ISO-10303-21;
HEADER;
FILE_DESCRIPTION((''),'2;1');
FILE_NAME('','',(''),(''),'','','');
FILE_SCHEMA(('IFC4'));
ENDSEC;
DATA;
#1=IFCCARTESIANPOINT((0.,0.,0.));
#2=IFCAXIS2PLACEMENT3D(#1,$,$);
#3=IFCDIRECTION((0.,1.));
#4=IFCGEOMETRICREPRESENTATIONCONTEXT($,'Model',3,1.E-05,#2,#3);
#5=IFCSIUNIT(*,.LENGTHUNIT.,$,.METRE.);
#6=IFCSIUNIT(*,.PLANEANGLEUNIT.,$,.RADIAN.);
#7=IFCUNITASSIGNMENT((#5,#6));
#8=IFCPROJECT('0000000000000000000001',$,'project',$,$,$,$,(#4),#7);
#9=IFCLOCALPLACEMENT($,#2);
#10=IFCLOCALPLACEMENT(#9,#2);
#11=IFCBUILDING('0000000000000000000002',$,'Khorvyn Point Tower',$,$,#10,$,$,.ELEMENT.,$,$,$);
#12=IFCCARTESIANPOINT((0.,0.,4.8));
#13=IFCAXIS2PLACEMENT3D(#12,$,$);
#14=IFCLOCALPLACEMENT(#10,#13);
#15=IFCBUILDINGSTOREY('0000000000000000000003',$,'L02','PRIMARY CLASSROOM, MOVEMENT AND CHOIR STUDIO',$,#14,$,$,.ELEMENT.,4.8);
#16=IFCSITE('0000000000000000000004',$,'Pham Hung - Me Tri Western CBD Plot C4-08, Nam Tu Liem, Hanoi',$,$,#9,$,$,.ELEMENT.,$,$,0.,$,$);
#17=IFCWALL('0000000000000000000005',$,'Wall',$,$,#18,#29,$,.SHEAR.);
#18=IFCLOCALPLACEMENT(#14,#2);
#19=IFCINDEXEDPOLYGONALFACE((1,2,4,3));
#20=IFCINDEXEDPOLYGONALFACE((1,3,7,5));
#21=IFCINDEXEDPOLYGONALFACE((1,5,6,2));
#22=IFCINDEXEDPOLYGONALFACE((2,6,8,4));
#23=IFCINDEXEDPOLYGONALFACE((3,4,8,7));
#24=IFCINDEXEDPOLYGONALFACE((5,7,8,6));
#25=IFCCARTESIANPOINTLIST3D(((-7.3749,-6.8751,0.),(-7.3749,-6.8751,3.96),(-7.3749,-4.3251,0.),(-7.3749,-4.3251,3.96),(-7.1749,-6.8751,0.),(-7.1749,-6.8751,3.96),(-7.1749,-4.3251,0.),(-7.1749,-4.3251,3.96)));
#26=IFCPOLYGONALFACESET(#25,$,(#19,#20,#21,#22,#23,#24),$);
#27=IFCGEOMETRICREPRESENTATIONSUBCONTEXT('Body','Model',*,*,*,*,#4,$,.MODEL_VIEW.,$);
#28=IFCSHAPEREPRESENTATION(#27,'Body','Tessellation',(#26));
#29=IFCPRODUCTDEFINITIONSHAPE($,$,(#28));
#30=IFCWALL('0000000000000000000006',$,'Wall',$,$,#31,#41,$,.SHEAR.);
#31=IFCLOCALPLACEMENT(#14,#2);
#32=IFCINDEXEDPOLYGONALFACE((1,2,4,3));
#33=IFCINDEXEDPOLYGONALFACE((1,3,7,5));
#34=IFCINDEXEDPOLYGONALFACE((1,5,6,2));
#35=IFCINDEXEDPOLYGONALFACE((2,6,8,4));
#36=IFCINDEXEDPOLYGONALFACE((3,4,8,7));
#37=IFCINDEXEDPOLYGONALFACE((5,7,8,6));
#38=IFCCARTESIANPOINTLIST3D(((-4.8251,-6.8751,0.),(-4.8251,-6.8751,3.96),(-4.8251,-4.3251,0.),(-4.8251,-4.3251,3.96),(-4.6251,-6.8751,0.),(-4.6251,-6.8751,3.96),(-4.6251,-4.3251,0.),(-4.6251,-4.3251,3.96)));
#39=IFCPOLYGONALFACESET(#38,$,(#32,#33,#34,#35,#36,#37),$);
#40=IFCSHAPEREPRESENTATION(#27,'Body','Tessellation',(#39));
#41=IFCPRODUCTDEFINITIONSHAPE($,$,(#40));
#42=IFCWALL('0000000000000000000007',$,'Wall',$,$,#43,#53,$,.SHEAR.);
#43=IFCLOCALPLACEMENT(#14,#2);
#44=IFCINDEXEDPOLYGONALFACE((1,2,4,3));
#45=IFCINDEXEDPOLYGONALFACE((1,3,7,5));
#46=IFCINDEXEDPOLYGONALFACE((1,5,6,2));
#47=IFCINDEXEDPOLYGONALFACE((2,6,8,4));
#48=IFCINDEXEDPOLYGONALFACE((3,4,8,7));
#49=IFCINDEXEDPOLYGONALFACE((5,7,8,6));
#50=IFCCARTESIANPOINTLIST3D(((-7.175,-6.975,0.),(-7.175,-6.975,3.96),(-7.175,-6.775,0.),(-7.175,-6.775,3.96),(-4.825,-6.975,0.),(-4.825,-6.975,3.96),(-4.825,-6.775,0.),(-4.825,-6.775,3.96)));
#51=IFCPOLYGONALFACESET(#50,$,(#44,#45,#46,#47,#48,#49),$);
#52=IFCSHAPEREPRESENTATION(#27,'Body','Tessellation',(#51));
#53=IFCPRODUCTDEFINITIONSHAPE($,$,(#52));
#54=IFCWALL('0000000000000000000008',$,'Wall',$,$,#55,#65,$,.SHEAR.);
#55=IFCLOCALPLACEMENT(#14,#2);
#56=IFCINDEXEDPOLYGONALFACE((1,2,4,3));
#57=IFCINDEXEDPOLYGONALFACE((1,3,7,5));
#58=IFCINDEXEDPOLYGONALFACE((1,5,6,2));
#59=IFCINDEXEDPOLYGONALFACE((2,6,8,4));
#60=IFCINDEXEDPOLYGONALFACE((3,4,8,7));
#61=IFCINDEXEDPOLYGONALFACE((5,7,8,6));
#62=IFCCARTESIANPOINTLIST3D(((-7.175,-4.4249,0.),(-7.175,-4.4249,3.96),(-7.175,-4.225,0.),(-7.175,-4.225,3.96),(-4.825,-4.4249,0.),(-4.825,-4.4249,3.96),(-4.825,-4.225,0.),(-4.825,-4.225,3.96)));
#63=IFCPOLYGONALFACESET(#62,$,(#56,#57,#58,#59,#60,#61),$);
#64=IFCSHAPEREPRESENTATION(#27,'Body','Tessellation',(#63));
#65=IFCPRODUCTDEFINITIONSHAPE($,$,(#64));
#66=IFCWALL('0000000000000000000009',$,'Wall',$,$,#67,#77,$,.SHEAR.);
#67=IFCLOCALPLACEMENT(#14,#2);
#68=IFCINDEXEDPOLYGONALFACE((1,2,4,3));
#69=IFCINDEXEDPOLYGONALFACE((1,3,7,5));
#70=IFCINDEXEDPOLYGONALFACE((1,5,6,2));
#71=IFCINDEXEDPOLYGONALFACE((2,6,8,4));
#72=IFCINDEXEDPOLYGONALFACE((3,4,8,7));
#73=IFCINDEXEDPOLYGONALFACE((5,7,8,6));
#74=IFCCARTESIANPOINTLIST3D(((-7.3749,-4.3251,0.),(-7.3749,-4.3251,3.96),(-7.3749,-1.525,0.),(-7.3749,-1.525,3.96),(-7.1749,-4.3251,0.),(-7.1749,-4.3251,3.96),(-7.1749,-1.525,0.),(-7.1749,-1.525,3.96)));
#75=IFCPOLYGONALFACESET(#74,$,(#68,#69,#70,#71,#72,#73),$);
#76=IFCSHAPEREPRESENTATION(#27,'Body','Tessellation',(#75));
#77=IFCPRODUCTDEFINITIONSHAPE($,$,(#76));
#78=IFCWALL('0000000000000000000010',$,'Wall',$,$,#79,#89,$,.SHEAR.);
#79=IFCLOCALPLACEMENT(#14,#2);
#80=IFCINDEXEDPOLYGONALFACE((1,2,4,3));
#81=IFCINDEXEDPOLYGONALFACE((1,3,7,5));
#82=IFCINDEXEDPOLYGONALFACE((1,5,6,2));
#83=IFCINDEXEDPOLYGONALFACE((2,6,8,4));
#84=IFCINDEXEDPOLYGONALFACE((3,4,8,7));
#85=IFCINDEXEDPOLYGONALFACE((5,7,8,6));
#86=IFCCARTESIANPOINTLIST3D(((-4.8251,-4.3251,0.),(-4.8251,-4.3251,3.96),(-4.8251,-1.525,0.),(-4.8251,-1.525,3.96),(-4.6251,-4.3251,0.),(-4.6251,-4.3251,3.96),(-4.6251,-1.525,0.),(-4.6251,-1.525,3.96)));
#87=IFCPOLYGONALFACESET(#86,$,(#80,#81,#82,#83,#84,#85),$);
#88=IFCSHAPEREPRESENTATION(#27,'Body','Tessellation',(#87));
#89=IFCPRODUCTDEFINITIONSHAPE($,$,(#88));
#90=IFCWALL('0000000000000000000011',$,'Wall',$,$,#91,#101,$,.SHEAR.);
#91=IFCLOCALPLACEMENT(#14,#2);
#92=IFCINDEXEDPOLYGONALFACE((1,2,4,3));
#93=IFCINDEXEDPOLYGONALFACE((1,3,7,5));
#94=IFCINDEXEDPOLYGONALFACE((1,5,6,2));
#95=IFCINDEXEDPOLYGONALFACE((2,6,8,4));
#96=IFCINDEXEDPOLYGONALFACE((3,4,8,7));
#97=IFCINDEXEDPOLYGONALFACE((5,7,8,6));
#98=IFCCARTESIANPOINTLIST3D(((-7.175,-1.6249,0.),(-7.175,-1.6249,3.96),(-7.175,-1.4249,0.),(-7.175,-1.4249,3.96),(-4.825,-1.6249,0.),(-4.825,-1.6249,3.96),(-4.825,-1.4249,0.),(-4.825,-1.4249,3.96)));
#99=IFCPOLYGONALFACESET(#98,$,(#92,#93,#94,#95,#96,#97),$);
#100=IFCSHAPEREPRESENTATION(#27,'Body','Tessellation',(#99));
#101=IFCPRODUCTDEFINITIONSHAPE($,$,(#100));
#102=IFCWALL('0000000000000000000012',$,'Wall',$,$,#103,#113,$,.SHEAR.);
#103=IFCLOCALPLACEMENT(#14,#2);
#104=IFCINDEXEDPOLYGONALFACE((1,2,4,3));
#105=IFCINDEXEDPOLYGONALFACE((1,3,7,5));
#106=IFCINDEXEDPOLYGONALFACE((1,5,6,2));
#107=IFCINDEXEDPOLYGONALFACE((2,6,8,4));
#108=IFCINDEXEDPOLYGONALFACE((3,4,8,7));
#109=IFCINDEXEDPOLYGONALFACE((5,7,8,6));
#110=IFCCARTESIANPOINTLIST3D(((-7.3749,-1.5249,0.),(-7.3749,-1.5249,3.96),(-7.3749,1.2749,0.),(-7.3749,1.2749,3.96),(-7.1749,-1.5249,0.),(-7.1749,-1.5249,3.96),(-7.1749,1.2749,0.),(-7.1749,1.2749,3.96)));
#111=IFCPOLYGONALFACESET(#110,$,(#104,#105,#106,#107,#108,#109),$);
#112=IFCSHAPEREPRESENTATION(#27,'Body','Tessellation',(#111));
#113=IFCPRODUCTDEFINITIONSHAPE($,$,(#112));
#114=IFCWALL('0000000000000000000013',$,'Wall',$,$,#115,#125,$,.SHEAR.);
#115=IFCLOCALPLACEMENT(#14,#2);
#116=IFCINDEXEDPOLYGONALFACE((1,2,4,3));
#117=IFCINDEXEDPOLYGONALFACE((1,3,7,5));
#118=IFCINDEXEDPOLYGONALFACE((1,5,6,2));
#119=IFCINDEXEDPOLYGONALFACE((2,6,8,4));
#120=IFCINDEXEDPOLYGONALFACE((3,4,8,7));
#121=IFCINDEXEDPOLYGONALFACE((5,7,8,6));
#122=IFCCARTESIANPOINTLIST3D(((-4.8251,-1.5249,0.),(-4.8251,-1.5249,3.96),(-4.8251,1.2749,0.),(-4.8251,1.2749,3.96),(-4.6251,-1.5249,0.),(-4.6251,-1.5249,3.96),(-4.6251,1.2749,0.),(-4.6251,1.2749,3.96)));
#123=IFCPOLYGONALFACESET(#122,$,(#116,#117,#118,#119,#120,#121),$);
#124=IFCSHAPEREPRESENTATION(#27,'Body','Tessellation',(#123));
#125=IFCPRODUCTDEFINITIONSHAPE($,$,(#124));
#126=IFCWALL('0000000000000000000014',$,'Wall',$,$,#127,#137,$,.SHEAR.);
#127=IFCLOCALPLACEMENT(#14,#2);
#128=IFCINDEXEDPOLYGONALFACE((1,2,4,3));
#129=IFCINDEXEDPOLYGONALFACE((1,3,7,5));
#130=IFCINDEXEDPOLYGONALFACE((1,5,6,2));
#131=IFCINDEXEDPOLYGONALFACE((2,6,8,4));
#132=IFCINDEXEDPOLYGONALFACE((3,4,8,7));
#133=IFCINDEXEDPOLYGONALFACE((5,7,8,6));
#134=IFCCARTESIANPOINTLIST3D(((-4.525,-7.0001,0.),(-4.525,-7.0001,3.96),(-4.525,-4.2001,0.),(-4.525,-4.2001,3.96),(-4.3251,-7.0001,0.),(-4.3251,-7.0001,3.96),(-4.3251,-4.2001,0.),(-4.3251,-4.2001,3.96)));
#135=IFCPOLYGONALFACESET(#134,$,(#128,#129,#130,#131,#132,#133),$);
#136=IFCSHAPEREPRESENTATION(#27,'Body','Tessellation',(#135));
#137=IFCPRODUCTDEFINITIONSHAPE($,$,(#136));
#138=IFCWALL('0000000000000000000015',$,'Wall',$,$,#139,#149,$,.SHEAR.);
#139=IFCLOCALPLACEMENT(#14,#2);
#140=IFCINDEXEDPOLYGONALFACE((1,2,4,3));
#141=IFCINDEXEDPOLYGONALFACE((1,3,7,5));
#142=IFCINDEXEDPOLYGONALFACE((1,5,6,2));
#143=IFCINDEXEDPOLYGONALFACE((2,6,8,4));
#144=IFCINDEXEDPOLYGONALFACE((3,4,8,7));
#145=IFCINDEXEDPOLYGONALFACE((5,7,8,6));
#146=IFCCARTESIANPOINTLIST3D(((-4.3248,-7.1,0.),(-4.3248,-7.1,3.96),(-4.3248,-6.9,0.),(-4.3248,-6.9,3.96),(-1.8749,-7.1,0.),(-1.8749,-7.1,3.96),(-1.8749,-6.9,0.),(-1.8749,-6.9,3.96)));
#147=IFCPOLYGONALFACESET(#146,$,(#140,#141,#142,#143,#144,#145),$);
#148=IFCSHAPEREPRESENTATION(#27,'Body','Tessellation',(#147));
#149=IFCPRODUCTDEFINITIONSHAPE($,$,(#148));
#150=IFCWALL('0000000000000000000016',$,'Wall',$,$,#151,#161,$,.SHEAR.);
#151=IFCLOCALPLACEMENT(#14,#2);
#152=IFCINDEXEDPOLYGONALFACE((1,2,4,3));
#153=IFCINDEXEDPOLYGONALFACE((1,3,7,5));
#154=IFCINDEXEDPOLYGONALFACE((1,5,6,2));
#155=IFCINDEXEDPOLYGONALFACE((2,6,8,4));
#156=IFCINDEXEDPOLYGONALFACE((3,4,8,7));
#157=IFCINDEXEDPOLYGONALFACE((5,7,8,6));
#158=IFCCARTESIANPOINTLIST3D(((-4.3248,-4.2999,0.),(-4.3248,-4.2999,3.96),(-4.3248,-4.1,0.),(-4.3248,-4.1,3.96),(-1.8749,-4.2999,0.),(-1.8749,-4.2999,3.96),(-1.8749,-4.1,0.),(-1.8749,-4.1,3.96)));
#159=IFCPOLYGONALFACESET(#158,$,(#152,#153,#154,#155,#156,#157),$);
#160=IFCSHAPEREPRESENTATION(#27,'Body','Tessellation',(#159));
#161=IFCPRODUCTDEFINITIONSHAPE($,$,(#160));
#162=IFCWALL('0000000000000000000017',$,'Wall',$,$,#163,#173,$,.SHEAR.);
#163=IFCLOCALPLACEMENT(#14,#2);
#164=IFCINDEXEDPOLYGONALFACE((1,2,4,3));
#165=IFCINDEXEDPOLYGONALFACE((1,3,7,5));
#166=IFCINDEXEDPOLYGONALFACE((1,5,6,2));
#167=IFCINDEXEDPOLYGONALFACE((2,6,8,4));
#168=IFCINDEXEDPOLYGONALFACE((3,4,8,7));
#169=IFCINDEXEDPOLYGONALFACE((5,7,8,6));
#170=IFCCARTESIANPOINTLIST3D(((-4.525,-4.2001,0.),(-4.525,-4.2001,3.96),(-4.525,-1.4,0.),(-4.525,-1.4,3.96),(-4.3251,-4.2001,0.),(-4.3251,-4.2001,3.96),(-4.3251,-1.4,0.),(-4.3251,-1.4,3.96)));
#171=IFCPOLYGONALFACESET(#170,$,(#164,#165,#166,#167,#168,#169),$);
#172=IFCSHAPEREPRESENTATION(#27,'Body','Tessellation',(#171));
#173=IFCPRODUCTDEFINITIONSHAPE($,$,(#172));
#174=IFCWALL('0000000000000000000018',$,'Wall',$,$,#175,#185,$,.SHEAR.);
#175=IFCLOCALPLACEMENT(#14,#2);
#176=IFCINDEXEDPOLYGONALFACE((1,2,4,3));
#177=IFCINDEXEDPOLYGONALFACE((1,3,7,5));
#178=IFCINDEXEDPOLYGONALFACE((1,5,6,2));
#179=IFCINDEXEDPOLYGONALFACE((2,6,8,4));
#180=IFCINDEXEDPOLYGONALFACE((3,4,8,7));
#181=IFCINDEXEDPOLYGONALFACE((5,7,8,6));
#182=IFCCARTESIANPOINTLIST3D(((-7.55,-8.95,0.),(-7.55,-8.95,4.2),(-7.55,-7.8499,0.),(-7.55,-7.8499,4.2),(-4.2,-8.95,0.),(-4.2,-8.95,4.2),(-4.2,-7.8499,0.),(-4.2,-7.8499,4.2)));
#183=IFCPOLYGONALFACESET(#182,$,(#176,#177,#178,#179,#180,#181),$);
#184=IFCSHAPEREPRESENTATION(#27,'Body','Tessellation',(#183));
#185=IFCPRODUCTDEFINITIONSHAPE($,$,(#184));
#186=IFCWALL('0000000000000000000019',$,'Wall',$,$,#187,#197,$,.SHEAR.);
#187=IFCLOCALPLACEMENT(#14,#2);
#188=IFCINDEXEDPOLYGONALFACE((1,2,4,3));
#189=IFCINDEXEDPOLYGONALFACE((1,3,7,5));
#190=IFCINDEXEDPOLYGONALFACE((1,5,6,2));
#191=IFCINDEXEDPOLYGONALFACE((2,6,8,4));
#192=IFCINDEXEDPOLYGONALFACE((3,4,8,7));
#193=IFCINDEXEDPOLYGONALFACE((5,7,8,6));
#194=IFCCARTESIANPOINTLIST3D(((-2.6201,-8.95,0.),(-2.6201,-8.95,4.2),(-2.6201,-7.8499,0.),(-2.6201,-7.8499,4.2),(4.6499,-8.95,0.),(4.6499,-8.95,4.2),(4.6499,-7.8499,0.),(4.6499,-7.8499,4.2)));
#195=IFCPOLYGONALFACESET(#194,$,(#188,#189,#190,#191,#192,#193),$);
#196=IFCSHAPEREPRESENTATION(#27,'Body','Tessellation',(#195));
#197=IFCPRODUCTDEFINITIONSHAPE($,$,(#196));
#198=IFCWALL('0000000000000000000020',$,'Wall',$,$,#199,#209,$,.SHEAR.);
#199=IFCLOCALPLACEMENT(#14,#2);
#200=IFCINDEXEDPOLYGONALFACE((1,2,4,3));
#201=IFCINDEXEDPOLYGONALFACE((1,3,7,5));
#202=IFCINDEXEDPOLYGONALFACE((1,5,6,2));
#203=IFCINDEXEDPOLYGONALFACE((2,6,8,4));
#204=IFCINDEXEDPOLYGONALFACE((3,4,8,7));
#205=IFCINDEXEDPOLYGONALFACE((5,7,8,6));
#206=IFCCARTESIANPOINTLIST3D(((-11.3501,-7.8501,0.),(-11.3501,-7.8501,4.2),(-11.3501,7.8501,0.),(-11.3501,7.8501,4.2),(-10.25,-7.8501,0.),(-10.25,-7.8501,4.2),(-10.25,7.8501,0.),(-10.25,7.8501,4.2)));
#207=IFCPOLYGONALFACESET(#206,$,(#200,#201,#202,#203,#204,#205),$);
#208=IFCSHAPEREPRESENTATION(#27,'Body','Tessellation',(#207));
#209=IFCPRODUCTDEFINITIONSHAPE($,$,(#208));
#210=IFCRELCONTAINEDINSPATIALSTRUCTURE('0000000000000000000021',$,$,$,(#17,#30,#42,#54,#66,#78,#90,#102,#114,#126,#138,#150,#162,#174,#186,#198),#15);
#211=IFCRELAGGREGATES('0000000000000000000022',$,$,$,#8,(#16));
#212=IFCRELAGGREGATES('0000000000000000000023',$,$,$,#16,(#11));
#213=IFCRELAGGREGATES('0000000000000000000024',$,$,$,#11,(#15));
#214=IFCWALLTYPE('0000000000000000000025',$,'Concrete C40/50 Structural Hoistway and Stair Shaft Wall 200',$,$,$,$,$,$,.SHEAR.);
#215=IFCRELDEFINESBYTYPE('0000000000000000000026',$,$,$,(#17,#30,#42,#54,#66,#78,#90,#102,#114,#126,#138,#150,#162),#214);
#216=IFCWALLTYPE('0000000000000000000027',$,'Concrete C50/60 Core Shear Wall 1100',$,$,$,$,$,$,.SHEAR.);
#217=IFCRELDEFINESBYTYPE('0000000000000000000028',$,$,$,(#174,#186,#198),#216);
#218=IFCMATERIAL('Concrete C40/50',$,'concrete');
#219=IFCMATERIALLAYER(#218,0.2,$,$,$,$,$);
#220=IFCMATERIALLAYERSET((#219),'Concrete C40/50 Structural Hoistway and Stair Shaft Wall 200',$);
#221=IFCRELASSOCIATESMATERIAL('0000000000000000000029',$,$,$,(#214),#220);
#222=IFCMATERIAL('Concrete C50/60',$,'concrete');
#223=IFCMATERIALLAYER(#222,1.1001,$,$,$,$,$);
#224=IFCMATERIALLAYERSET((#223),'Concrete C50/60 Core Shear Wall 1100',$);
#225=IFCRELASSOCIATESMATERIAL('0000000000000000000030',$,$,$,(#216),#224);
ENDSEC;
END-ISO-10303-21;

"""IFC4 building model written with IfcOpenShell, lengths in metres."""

from ifc_helpers import new_model, si_unit, direction, frame, frame_2d, origin, place, context, subcontext, project, spatial, rectangle, extrude, material, layer, layer_set, type_object, element, save


model = new_model("IFC4")

# Units and contexts
model_context = context("Model", 3, precision=1e-05, world=origin(), true_north=direction((0.0, 1.0)))
body_context = subcontext(model_context, "Body", "Model", "MODEL_VIEW")
ifc_project = project(units=[si_unit("LENGTHUNIT", "METRE"), si_unit("PLANEANGLEUNIT", "RADIAN")], contexts=[model_context])

# Site, building, storey
site_placement = place(None, origin())
site = spatial("IfcSite", under=ifc_project, at=site_placement, Name="Pham Hung - Me Tri Western CBD Plot C4-08, Nam Tu Liem, Hanoi", CompositionType="ELEMENT", RefElevation=0.0)
building_placement = place(site_placement, origin())
building = spatial("IfcBuilding", under=site, at=building_placement, Name="Khorvyn Point Tower", CompositionType="ELEMENT")
storey_placement = place(building_placement, frame((0.0, 0.0, 4.8)))
storey = spatial("IfcBuildingStorey", under=building, at=storey_placement, Name="L02", Description="PRIMARY CLASSROOM, MOVEMENT AND CHOIR STUDIO", CompositionType="ELEMENT", Elevation=4.8)

# Shared definitions
ifc_material_1 = material(Name="Concrete C40/50", Category="concrete")
ifc_material_2 = material(Name="Concrete C50/60", Category="concrete")

# Walls
ifc_layer_1 = layer(ifc_material_1, 0.2)
ifc_layer_set_1 = layer_set([ifc_layer_1], Name="Concrete C40/50 Structural Hoistway and Stair Shaft Wall 200")
wall_type_1 = type_object("IfcWallType", Name="Concrete C40/50 Structural Hoistway and Stair Shaft Wall 200", PredefinedType="SHEAR", material=ifc_layer_set_1)
for number, where, z_axis, x_axis, name in (
    (1, (-7.2749, -6.875, 0.0), (0.0, 0.0, 1.0), (0.0, 1.0, 0.0), "Wall"),
    (2, (-4.7251, -6.875, 0.0), (0.0, 0.0, 1.0), (0.0, 1.0, 0.0), "Wall"),
):
    element("IfcWall", number, at=place(storey_placement, frame(where, z_axis=z_axis, x_axis=x_axis)), inside=storey, type_object=wall_type_1, Name=name, PredefinedType="SHEAR", context=body_context, shape_type="SweptSolid", body=[
        extrude(rectangle(XDim=2.55, YDim=0.2, at=frame_2d((1.2749, 0.0))), origin(), (0.0, 0.0, 1.0), 3.96),
    ])
for number, where, z_axis, x_axis, name in (
    (3, (-7.175, -6.875, 0.0), (0.0, 0.0, 1.0), (1.0, 0.0, 0.0), "Wall"),
    (4, (-7.175, -4.325, 0.0), (0.0, 0.0, 1.0), (1.0, 0.0, 0.0), "Wall"),
):
    element("IfcWall", number, at=place(storey_placement, frame(where, z_axis=z_axis, x_axis=x_axis)), inside=storey, type_object=wall_type_1, Name=name, PredefinedType="SHEAR", context=body_context, shape_type="SweptSolid", body=[
        extrude(rectangle(XDim=2.3501, YDim=0.2, at=frame_2d((1.175, 0.0))), origin(), (0.0, 0.0, 1.0), 3.96),
    ])
for number, where, z_axis, x_axis, name in (
    (5, (-7.2749, -4.325, 0.0), (0.0, 0.0, 1.0), (0.0, 1.0, 0.0), "Wall"),
    (6, (-4.7251, -4.325, 0.0), (0.0, 0.0, 1.0), (0.0, 1.0, 0.0), "Wall"),
):
    element("IfcWall", number, at=place(storey_placement, frame(where, z_axis=z_axis, x_axis=x_axis)), inside=storey, type_object=wall_type_1, Name=name, PredefinedType="SHEAR", context=body_context, shape_type="SweptSolid", body=[
        extrude(rectangle(XDim=2.8, YDim=0.2, at=frame_2d((1.3999, 0.0))), origin(), (0.0, 0.0, 1.0), 3.96),
    ])
wall_1_placement = place(storey_placement, frame((-7.175, -1.5249, 0.0), z_axis=(0.0, 0.0, 1.0), x_axis=(1.0, 0.0, 0.0)))
element("IfcWall", 7, at=wall_1_placement, inside=storey, type_object=wall_type_1, Name="Wall", PredefinedType="SHEAR", context=body_context, shape_type="SweptSolid", body=[
    extrude(rectangle(XDim=2.3501, YDim=0.2, at=frame_2d((1.175, 0.0))), origin(), (0.0, 0.0, 1.0), 3.96),
])
for number, where, z_axis, x_axis, name in (
    (8, (-7.2749, -1.5249, 0.0), (0.0, 0.0, 1.0), (0.0, 1.0, 0.0), "Wall"),
    (9, (-4.7251, -1.5249, 0.0), (0.0, 0.0, 1.0), (0.0, 1.0, 0.0), "Wall"),
):
    element("IfcWall", number, at=place(storey_placement, frame(where, z_axis=z_axis, x_axis=x_axis)), inside=storey, type_object=wall_type_1, Name=name, PredefinedType="SHEAR", context=body_context, shape_type="SweptSolid", body=[
        extrude(rectangle(XDim=2.7998, YDim=0.2, at=frame_2d((1.3999, 0.0))), origin(), (0.0, 0.0, 1.0), 3.96),
    ])
wall_2_placement = place(storey_placement, frame((-4.425, -7.0, 0.0), z_axis=(0.0, 0.0, 1.0), x_axis=(0.0, 1.0, 0.0)))
element("IfcWall", 10, at=wall_2_placement, inside=storey, type_object=wall_type_1, Name="Wall", PredefinedType="SHEAR", context=body_context, shape_type="SweptSolid", body=[
    extrude(rectangle(XDim=2.8, YDim=0.2, at=frame_2d((1.3999, 0.0))), origin(), (0.0, 0.0, 1.0), 3.96),
])
for number, where, z_axis, x_axis, name in (
    (11, (-4.325, -7.0, 0.0), (0.0, 0.0, 1.0), (1.0, 0.0, 0.0), "Wall"),
    (12, (-4.325, -4.2, 0.0), (0.0, 0.0, 1.0), (1.0, 0.0, 0.0), "Wall"),
):
    element("IfcWall", number, at=place(storey_placement, frame(where, z_axis=z_axis, x_axis=x_axis)), inside=storey, type_object=wall_type_1, Name=name, PredefinedType="SHEAR", context=body_context, shape_type="SweptSolid", body=[
        extrude(rectangle(XDim=2.45, YDim=0.2, at=frame_2d((1.2251, 0.0))), origin(), (0.0, 0.0, 1.0), 3.96),
    ])
wall_3_placement = place(storey_placement, frame((-4.425, -4.2, 0.0), z_axis=(0.0, 0.0, 1.0), x_axis=(0.0, 1.0, 0.0)))
element("IfcWall", 13, at=wall_3_placement, inside=storey, type_object=wall_type_1, Name="Wall", PredefinedType="SHEAR", context=body_context, shape_type="SweptSolid", body=[
    extrude(rectangle(XDim=2.8, YDim=0.2, at=frame_2d((1.3999, 0.0))), origin(), (0.0, 0.0, 1.0), 3.96),
])
ifc_layer_2 = layer(ifc_material_2, 1.1001)
ifc_layer_set_2 = layer_set([ifc_layer_2], Name="Concrete C50/60 Core Shear Wall 1100")
wall_type_2 = type_object("IfcWallType", Name="Concrete C50/60 Core Shear Wall 1100", PredefinedType="SHEAR", material=ifc_layer_set_2)
wall_4_placement = place(storey_placement, frame((-7.55, -8.3999, 0.0), z_axis=(0.0, 0.0, 1.0), x_axis=(1.0, 0.0, 0.0)))
element("IfcWall", 14, at=wall_4_placement, inside=storey, type_object=wall_type_2, Name="Wall", PredefinedType="SHEAR", context=body_context, shape_type="SweptSolid", body=[
    extrude(rectangle(XDim=3.3501, YDim=1.1001, at=frame_2d((1.675, 0.0))), origin(), (0.0, 0.0, 1.0), 4.2),
])
wall_5_placement = place(storey_placement, frame((-2.6201, -8.3999, 0.0), z_axis=(0.0, 0.0, 1.0), x_axis=(1.0, 0.0, 0.0)))
element("IfcWall", 15, at=wall_5_placement, inside=storey, type_object=wall_type_2, Name="Wall", PredefinedType="SHEAR", context=body_context, shape_type="SweptSolid", body=[
    extrude(rectangle(XDim=7.27, YDim=1.1001, at=frame_2d((3.635, 0.0))), origin(), (0.0, 0.0, 1.0), 4.2),
])
wall_6_placement = place(storey_placement, frame((-10.8, -7.8501, 0.0), z_axis=(0.0, 0.0, 1.0), x_axis=(0.0, 1.0, 0.0)))
element("IfcWall", 16, at=wall_6_placement, inside=storey, type_object=wall_type_2, Name="Wall", PredefinedType="SHEAR", context=body_context, shape_type="SweptSolid", body=[
    extrude(rectangle(XDim=15.7002, YDim=1.1001, at=frame_2d((7.8501, 0.0))), origin(), (0.0, 0.0, 1.0), 4.2),
])

save(model, "model.ifc")
